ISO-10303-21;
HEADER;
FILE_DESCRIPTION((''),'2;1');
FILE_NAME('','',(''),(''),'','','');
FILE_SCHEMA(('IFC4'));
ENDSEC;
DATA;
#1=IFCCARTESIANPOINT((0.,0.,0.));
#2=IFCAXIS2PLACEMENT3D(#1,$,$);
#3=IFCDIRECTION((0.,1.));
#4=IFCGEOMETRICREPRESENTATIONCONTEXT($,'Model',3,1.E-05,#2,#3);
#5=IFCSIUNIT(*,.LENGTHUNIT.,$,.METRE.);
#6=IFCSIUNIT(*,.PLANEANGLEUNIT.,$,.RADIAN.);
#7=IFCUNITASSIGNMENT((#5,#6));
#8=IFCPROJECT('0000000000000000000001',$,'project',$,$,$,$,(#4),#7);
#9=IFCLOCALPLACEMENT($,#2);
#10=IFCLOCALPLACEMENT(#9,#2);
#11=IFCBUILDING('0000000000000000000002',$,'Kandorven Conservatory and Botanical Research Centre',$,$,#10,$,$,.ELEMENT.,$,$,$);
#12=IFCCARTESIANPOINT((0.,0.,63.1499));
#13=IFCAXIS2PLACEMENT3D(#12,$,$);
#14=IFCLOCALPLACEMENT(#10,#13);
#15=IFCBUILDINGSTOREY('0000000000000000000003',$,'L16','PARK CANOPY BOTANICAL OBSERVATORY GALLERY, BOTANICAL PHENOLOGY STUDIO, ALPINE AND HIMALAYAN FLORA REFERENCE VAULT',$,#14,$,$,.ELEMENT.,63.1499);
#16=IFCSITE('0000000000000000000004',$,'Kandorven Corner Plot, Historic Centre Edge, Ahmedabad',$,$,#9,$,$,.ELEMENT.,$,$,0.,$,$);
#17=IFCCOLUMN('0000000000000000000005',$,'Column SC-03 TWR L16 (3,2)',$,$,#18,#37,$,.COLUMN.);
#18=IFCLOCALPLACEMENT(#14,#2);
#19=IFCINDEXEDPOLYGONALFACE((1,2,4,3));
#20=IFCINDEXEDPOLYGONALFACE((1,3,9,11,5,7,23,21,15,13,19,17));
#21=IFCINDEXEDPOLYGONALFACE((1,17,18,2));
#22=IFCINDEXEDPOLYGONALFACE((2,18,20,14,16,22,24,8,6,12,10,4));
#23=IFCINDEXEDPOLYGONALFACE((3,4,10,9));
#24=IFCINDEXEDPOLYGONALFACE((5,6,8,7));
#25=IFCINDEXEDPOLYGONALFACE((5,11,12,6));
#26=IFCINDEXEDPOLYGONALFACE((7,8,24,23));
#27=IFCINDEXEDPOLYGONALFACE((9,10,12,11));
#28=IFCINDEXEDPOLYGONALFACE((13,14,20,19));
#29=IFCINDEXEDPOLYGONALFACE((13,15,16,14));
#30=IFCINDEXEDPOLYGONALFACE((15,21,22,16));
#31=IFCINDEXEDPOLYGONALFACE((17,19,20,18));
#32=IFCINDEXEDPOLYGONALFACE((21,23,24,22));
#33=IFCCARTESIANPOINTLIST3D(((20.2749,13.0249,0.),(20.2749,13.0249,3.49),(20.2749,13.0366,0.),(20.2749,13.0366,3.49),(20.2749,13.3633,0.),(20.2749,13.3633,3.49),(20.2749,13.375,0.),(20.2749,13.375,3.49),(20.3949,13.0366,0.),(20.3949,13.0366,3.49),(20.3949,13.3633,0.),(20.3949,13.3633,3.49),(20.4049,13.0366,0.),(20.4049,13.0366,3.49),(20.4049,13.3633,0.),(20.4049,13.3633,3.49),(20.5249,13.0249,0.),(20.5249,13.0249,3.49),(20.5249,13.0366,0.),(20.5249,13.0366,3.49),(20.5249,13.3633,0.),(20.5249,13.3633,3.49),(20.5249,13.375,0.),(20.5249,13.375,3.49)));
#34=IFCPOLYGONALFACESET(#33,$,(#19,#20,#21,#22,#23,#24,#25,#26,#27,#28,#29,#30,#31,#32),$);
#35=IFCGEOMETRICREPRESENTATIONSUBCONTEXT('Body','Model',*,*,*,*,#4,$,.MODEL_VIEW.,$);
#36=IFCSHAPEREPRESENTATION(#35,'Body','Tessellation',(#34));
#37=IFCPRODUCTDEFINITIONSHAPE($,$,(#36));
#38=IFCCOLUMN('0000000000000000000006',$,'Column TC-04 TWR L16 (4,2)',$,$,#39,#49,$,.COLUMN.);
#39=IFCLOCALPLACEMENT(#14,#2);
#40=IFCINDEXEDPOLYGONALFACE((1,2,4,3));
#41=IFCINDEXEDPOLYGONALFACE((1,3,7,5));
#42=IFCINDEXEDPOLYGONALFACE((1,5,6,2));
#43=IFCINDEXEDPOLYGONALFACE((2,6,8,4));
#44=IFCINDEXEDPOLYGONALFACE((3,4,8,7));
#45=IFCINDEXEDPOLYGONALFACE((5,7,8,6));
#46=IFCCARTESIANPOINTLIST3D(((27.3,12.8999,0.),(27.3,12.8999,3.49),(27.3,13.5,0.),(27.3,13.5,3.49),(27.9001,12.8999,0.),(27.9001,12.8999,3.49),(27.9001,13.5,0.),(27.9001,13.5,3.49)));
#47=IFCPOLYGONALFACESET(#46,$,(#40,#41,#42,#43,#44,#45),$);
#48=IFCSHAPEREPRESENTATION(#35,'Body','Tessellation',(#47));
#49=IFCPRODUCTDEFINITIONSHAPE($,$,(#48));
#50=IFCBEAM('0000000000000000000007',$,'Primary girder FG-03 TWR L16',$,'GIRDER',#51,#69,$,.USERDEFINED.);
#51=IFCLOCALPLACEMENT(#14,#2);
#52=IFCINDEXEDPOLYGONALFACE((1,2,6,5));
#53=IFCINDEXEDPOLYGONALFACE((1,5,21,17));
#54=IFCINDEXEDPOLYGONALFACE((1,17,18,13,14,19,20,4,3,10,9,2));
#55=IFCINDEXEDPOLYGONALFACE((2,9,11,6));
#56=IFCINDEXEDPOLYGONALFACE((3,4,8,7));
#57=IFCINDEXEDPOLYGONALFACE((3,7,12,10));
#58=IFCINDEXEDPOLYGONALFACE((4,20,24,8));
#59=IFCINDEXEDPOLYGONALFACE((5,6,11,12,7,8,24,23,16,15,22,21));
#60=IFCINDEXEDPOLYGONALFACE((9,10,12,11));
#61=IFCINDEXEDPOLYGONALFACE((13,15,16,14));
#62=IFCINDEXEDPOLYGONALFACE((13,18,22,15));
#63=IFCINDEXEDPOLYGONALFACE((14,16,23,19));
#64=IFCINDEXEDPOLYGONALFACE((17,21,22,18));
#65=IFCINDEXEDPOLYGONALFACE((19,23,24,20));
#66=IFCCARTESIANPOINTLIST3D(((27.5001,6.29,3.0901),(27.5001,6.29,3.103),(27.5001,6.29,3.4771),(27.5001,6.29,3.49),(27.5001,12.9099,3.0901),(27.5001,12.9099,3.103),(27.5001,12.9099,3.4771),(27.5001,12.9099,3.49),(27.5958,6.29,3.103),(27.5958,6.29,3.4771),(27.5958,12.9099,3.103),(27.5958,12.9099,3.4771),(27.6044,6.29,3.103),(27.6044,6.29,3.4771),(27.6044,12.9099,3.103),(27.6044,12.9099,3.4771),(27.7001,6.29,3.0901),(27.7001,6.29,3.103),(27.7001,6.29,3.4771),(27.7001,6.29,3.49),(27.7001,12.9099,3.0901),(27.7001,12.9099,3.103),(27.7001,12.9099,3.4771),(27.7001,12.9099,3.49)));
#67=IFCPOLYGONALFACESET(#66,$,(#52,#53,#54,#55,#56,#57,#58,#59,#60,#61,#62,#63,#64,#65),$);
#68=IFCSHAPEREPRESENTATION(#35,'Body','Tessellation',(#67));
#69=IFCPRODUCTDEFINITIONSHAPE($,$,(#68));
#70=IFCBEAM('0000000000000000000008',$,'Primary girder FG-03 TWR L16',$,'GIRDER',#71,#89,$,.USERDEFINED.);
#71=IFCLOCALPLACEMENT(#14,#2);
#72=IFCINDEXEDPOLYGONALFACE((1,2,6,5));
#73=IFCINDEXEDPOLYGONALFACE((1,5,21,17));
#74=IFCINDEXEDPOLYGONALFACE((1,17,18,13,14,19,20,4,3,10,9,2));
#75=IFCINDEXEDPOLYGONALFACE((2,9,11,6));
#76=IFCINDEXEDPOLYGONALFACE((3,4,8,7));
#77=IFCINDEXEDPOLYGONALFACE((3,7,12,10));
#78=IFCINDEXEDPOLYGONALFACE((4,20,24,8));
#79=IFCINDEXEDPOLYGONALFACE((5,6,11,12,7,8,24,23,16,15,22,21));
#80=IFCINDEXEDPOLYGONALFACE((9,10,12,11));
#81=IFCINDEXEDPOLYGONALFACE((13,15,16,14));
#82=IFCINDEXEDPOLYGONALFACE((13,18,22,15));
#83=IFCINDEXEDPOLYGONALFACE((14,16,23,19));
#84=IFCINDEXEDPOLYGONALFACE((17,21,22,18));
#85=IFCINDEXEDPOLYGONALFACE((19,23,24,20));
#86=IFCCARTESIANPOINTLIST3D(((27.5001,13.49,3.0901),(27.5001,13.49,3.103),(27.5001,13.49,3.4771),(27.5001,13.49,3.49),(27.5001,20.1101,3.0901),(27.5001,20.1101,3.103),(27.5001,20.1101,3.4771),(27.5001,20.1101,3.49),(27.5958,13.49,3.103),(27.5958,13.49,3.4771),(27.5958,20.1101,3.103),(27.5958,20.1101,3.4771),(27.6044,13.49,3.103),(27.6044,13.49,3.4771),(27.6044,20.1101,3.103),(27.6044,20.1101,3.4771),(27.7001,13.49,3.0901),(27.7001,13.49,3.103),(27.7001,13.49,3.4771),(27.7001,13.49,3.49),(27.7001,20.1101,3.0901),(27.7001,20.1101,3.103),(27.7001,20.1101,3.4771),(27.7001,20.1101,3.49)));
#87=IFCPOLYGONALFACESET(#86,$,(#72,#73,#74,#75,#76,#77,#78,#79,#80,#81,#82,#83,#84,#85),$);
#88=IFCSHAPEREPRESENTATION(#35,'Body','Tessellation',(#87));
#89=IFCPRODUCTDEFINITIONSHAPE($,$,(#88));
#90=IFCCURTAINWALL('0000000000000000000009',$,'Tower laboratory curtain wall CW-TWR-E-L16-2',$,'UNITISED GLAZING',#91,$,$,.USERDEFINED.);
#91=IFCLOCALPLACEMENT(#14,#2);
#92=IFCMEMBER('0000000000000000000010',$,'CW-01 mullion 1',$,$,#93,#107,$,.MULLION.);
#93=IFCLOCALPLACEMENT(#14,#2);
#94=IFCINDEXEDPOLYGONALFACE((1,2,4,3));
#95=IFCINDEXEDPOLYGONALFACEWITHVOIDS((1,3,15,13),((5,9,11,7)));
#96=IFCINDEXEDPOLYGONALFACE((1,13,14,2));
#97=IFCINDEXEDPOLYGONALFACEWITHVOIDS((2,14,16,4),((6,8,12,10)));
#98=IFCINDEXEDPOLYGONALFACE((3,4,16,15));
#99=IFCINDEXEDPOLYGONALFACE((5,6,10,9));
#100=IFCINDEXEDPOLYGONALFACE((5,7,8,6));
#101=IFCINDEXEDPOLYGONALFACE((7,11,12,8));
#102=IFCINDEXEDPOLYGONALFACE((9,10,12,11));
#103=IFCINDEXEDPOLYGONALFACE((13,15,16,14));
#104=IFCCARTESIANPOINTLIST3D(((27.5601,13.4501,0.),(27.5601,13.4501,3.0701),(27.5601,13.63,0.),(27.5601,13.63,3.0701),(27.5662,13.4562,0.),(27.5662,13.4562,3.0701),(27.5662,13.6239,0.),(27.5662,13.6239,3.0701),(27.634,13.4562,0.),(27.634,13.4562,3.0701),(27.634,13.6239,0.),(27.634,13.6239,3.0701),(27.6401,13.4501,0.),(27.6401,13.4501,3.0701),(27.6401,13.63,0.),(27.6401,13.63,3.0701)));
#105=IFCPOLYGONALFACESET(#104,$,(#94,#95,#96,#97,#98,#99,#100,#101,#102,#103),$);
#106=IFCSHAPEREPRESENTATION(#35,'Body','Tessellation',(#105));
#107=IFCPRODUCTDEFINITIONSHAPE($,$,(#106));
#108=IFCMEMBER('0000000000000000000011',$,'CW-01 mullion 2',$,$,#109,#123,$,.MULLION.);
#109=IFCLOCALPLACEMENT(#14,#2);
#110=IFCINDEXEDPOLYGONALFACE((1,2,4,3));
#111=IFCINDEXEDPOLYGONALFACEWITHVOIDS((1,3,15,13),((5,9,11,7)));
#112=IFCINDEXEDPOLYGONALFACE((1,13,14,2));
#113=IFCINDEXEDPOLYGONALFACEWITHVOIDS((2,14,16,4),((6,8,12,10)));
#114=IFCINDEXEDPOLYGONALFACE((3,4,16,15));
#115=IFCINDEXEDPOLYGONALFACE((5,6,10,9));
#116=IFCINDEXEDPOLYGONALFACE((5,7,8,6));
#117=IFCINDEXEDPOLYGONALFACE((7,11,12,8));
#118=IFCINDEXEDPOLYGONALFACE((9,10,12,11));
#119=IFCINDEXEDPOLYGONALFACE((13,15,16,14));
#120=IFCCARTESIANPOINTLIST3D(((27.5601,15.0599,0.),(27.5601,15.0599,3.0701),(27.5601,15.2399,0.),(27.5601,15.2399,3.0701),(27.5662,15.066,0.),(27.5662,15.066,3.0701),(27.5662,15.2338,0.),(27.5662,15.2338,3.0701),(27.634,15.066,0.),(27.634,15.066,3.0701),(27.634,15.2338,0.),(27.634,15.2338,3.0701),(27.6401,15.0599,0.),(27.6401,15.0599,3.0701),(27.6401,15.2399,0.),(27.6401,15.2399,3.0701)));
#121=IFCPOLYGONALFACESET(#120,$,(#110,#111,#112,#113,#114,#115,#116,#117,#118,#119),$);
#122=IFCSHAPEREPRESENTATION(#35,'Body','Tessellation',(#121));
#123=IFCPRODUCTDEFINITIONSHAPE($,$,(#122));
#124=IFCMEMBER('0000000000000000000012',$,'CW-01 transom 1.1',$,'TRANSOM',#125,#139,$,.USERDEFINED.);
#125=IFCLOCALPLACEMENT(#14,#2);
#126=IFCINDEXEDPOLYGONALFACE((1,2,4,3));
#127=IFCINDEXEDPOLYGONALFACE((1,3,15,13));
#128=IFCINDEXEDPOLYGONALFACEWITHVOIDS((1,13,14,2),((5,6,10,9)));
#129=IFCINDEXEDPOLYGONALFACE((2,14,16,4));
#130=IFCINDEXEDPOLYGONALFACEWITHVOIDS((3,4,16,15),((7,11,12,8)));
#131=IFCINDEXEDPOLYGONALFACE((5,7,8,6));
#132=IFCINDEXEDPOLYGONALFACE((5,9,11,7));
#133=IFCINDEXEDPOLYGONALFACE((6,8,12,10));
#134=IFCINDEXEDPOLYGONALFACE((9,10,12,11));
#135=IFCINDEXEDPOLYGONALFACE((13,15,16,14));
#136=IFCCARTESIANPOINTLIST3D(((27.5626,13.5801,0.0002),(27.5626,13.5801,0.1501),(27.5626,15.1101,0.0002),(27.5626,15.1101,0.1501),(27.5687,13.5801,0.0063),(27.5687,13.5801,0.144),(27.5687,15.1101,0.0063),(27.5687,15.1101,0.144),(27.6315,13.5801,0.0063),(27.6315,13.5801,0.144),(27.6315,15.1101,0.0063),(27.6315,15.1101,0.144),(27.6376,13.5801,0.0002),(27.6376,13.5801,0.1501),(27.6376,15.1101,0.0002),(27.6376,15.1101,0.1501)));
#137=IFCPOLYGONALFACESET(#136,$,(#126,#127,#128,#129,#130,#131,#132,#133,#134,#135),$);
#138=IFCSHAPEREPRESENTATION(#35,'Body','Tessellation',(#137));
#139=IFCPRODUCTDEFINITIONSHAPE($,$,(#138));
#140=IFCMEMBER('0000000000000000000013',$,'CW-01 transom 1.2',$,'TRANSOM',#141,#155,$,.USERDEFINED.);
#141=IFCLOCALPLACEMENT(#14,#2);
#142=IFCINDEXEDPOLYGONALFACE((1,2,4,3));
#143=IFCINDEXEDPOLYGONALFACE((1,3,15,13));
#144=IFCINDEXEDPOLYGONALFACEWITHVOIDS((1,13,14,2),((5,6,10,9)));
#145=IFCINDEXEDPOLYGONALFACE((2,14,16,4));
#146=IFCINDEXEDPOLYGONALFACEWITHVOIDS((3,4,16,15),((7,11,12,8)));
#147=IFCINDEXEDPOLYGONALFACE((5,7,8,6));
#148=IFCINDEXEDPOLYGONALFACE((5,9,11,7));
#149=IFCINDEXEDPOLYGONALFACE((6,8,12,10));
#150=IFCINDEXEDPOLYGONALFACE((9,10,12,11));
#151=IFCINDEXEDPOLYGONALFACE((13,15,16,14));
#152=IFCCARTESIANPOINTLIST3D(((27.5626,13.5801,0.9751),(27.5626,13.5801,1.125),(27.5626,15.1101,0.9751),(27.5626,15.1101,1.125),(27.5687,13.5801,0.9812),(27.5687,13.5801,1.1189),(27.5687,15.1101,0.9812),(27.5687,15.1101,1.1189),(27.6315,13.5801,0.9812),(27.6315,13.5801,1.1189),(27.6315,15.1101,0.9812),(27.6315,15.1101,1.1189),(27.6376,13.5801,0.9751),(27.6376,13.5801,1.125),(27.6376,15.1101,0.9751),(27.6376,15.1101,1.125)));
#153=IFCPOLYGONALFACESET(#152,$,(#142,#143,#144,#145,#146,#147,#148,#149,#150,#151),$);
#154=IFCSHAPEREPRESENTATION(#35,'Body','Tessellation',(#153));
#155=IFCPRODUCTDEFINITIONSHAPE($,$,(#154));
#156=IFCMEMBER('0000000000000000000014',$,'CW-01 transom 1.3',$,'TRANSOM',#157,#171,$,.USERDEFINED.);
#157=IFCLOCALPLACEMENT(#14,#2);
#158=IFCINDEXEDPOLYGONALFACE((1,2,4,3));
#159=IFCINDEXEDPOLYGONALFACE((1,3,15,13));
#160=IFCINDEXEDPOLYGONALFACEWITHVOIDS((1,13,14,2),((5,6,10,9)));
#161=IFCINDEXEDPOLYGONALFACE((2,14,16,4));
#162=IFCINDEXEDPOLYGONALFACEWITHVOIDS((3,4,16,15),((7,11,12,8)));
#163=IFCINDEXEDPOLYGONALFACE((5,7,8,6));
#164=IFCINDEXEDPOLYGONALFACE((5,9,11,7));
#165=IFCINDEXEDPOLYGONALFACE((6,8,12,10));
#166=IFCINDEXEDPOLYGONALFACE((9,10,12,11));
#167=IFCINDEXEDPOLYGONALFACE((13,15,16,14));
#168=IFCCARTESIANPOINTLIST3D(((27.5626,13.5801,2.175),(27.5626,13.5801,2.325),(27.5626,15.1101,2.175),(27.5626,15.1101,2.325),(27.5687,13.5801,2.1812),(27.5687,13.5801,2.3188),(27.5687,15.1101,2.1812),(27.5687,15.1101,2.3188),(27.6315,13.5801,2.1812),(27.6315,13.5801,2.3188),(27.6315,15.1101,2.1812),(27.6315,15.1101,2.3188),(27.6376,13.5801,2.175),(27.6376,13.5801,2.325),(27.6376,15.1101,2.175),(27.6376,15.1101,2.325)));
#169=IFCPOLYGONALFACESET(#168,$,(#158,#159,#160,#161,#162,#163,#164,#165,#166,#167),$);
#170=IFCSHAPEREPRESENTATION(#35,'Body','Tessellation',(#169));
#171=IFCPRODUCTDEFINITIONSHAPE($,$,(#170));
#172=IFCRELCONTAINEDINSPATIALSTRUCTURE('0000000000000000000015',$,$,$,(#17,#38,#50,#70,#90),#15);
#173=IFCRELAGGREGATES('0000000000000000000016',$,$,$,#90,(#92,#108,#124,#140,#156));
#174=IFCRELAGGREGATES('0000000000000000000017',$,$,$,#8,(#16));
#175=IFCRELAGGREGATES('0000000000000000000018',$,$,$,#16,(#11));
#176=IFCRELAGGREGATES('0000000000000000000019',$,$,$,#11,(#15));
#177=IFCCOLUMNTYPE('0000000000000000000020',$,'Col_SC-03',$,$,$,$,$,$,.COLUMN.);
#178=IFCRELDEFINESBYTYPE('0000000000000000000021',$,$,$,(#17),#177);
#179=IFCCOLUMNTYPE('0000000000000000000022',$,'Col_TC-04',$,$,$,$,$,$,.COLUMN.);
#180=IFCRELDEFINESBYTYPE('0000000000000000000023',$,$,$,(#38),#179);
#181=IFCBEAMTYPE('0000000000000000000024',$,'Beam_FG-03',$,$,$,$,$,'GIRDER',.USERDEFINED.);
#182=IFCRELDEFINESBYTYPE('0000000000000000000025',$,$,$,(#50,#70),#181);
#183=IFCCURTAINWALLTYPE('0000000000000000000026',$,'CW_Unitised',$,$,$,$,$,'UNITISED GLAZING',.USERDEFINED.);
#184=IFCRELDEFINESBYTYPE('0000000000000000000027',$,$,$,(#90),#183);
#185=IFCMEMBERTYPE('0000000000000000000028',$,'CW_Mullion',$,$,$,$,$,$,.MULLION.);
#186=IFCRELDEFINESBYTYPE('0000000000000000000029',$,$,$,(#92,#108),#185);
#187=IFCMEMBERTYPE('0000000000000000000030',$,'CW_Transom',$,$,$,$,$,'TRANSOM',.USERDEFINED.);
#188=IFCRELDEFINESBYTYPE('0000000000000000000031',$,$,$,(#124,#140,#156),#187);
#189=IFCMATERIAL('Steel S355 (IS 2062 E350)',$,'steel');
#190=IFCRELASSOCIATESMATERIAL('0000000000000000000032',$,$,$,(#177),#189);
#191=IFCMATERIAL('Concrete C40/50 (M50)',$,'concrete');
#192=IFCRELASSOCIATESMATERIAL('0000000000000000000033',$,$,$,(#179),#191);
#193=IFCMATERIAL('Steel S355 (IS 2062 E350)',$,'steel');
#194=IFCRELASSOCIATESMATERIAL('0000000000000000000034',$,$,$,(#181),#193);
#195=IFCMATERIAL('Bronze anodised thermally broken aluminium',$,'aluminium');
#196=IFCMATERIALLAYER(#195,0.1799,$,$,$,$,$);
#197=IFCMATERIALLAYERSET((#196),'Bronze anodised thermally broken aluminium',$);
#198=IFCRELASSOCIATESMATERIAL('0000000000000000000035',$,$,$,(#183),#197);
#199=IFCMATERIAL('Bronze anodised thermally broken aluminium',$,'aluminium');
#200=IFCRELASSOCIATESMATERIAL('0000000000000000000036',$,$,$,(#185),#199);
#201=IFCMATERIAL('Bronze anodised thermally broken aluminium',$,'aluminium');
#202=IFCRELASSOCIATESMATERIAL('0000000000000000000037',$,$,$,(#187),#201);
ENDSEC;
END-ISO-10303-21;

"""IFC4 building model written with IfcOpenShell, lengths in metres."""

from ifc_helpers import new_model, si_unit, direction, frame, origin, origin_2d, place, context, subcontext, project, spatial, rectangle, hollow_rectangle, i_section, extrude, material, layer, layer_set, material_profile, profile_set, type_object, element, aggregate, save


model = new_model("IFC4")

# Units and contexts
model_context = context("Model", 3, precision=1e-05, world=origin(), true_north=direction((0.0, 1.0)))
body_context = subcontext(model_context, "Body", "Model", "MODEL_VIEW")
ifc_project = project(units=[si_unit("LENGTHUNIT", "METRE"), si_unit("PLANEANGLEUNIT", "RADIAN")], contexts=[model_context])

# Site, building, storey
site_placement = place(None, origin())
site = spatial("IfcSite", under=ifc_project, at=site_placement, Name="Kandorven Corner Plot, Historic Centre Edge, Ahmedabad", CompositionType="ELEMENT", RefElevation=0.0)
building_placement = place(site_placement, origin())
building = spatial("IfcBuilding", under=site, at=building_placement, Name="Kandorven Conservatory and Botanical Research Centre", CompositionType="ELEMENT")
storey_placement = place(building_placement, frame((0.0, 0.0, 63.1499)))
storey = spatial("IfcBuildingStorey", under=building, at=storey_placement, Name="L16", Description="PARK CANOPY BOTANICAL OBSERVATORY GALLERY, BOTANICAL PHENOLOGY STUDIO, ALPINE AND HIMALAYAN FLORA REFERENCE VAULT", CompositionType="ELEMENT", Elevation=63.1499)

# Columns
ifc_material_1 = material(Name="Steel S355 (IS 2062 E350)", Category="steel")
ifc_material_profile_1 = material_profile(ifc_material_1, i_section(OverallWidth=0.25, OverallDepth=0.3501, WebThickness=0.01, FlangeThickness=0.0117, at=origin_2d()))
ifc_profile_set_1 = profile_set([ifc_material_profile_1], Name="Steel S355 (IS 2062 E350)")
column_type_1 = type_object("IfcColumnType", Name="Col_SC-03", PredefinedType="COLUMN", material=ifc_profile_set_1)
column_1_placement = place(storey_placement, frame((20.3999, 13.2, 0.0), z_axis=(0.0, 0.0, 1.0), x_axis=(1.0, 0.0, 0.0)))
element("IfcColumn", 1, at=column_1_placement, inside=storey, type_object=column_type_1, Name="Column SC-03 TWR L16 (3,2)", PredefinedType="COLUMN", context=body_context, shape_type="SweptSolid", body=[
    extrude(i_section(OverallWidth=0.25, OverallDepth=0.3501, WebThickness=0.01, FlangeThickness=0.0117, at=origin_2d()), origin(), (0.0, 0.0, 1.0), 3.49),
])
ifc_material_2 = material(Name="Concrete C40/50 (M50)", Category="concrete")
ifc_material_profile_2 = material_profile(ifc_material_2, rectangle(XDim=0.6001, YDim=0.6001, at=origin_2d()))
ifc_profile_set_2 = profile_set([ifc_material_profile_2], Name="Concrete C40/50 (M50)")
column_type_2 = type_object("IfcColumnType", Name="Col_TC-04", PredefinedType="COLUMN", material=ifc_profile_set_2)
column_2_placement = place(storey_placement, frame((27.6001, 13.2, 0.0), z_axis=(0.0, 0.0, 1.0), x_axis=(1.0, 0.0, 0.0)))
element("IfcColumn", 2, at=column_2_placement, inside=storey, type_object=column_type_2, Name="Column TC-04 TWR L16 (4,2)", PredefinedType="COLUMN", context=body_context, shape_type="SweptSolid", body=[
    extrude(rectangle(XDim=0.6001, YDim=0.6001, at=origin_2d()), origin(), (0.0, 0.0, 1.0), 3.49),
])

# Beams
ifc_material_3 = material(Name="Steel S355 (IS 2062 E350)", Category="steel")
ifc_material_profile_3 = material_profile(ifc_material_3, i_section(OverallWidth=0.2, OverallDepth=0.3999, WebThickness=0.0085, FlangeThickness=0.0129, at=origin_2d()))
ifc_profile_set_3 = profile_set([ifc_material_profile_3], Name="Steel S355 (IS 2062 E350)")
beam_type = type_object("IfcBeamType", Name="Beam_FG-03", ElementType="GIRDER", PredefinedType="USERDEFINED", material=ifc_profile_set_3)
beam_1_placement = place(storey_placement, frame((27.6001, 6.29, 3.29), z_axis=(0.0, 1.0, 0.0), x_axis=(-1.0, 0.0, 0.0)))
element("IfcBeam", 3, at=beam_1_placement, inside=storey, type_object=beam_type, Name="Primary girder FG-03 TWR L16", ObjectType="GIRDER", PredefinedType="USERDEFINED", context=body_context, shape_type="SweptSolid", body=[
    extrude(i_section(OverallWidth=0.2, OverallDepth=0.3999, WebThickness=0.0085, FlangeThickness=0.0129, at=origin_2d()), origin(), (0.0, 0.0, 1.0), 6.6199),
])
beam_2_placement = place(storey_placement, frame((27.6001, 13.49, 3.29), z_axis=(0.0, 1.0, 0.0), x_axis=(-1.0, 0.0, 0.0)))
element("IfcBeam", 4, at=beam_2_placement, inside=storey, type_object=beam_type, Name="Primary girder FG-03 TWR L16", ObjectType="GIRDER", PredefinedType="USERDEFINED", context=body_context, shape_type="SweptSolid", body=[
    extrude(i_section(OverallWidth=0.2, OverallDepth=0.3999, WebThickness=0.0085, FlangeThickness=0.0129, at=origin_2d()), origin(), (0.0, 0.0, 1.0), 6.6201),
])

# Curtain wall, members
ifc_material_4 = material(Name="Bronze anodised thermally broken aluminium", Category="aluminium")
ifc_layer_1 = layer(ifc_material_4, 0.1799)
ifc_layer_set_1 = layer_set([ifc_layer_1], Name="Bronze anodised thermally broken aluminium")
curtain_wall_type = type_object("IfcCurtainWallType", Name="CW_Unitised", ElementType="UNITISED GLAZING", PredefinedType="USERDEFINED", material=ifc_layer_set_1)
curtain_wall_placement = place(storey_placement, origin())
curtain_wall = element("IfcCurtainWall", 5, at=curtain_wall_placement, inside=storey, type_object=curtain_wall_type, Name="Tower laboratory curtain wall CW-TWR-E-L16-2", ObjectType="UNITISED GLAZING", PredefinedType="USERDEFINED")
ifc_material_5 = material(Name="Bronze anodised thermally broken aluminium", Category="aluminium")
ifc_material_profile_4 = material_profile(ifc_material_5, hollow_rectangle(XDim=0.0801, YDim=0.1799, WallThickness=0.0061, at=origin_2d()))
ifc_profile_set_4 = profile_set([ifc_material_profile_4], Name="Bronze anodised thermally broken aluminium")
member_type_1 = type_object("IfcMemberType", Name="CW_Mullion", PredefinedType="MULLION", material=ifc_profile_set_4)
member_1_placement = place(storey_placement, frame((27.6001, 13.54, 0.0), z_axis=(0.0, 0.0, 1.0), x_axis=(-1.0, 0.0, 0.0)))
member_1 = element("IfcMember", 6, at=member_1_placement, type_object=member_type_1, Name="CW-01 mullion 1", PredefinedType="MULLION", context=body_context, shape_type="SweptSolid", body=[
    extrude(hollow_rectangle(XDim=0.0801, YDim=0.1799, WallThickness=0.0061, at=origin_2d()), origin(), (0.0, 0.0, 1.0), 3.0701),
])
member_2_placement = place(storey_placement, frame((27.6001, 15.1499, 0.0), z_axis=(0.0, 0.0, 1.0), x_axis=(-1.0, 0.0, 0.0)))
member_2 = element("IfcMember", 7, at=member_2_placement, type_object=member_type_1, Name="CW-01 mullion 2", PredefinedType="MULLION", context=body_context, shape_type="SweptSolid", body=[
    extrude(hollow_rectangle(XDim=0.0801, YDim=0.1799, WallThickness=0.0061, at=origin_2d()), origin(), (0.0, 0.0, 1.0), 3.0701),
])
ifc_material_6 = material(Name="Bronze anodised thermally broken aluminium", Category="aluminium")
ifc_material_profile_5 = material_profile(ifc_material_6, hollow_rectangle(XDim=0.075, YDim=0.1499, WallThickness=0.0061, at=origin_2d()))
ifc_profile_set_5 = profile_set([ifc_material_profile_5], Name="Bronze anodised thermally broken aluminium")
member_type_2 = type_object("IfcMemberType", Name="CW_Transom", ElementType="TRANSOM", PredefinedType="USERDEFINED", material=ifc_profile_set_5)
member_3_placement = place(storey_placement, frame((27.6001, 13.5801, 0.0752), z_axis=(0.0, 1.0, 0.0), x_axis=(-1.0, 0.0, 0.0)))
member_3 = element("IfcMember", 8, at=member_3_placement, type_object=member_type_2, Name="CW-01 transom 1.1", ObjectType="TRANSOM", PredefinedType="USERDEFINED", context=body_context, shape_type="SweptSolid", body=[
    extrude(hollow_rectangle(XDim=0.075, YDim=0.1499, WallThickness=0.0061, at=origin_2d()), origin(), (0.0, 0.0, 1.0), 1.53),
])
member_4_placement = place(storey_placement, frame((27.6001, 13.5801, 1.05), z_axis=(0.0, 1.0, 0.0), x_axis=(-1.0, 0.0, 0.0)))
member_4 = element("IfcMember", 9, at=member_4_placement, type_object=member_type_2, Name="CW-01 transom 1.2", ObjectType="TRANSOM", PredefinedType="USERDEFINED", context=body_context, shape_type="SweptSolid", body=[
    extrude(hollow_rectangle(XDim=0.075, YDim=0.1499, WallThickness=0.0061, at=origin_2d()), origin(), (0.0, 0.0, 1.0), 1.53),
])
member_5_placement = place(storey_placement, frame((27.6001, 13.5801, 2.25), z_axis=(0.0, 1.0, 0.0), x_axis=(-1.0, 0.0, 0.0)))
member_5 = element("IfcMember", 10, at=member_5_placement, type_object=member_type_2, Name="CW-01 transom 1.3", ObjectType="TRANSOM", PredefinedType="USERDEFINED", context=body_context, shape_type="SweptSolid", body=[
    extrude(hollow_rectangle(XDim=0.075, YDim=0.1499, WallThickness=0.0061, at=origin_2d()), origin(), (0.0, 0.0, 1.0), 1.53),
])

aggregate(curtain_wall, [member_1, member_2, member_3, member_4, member_5])

save(model, "model.ifc")
